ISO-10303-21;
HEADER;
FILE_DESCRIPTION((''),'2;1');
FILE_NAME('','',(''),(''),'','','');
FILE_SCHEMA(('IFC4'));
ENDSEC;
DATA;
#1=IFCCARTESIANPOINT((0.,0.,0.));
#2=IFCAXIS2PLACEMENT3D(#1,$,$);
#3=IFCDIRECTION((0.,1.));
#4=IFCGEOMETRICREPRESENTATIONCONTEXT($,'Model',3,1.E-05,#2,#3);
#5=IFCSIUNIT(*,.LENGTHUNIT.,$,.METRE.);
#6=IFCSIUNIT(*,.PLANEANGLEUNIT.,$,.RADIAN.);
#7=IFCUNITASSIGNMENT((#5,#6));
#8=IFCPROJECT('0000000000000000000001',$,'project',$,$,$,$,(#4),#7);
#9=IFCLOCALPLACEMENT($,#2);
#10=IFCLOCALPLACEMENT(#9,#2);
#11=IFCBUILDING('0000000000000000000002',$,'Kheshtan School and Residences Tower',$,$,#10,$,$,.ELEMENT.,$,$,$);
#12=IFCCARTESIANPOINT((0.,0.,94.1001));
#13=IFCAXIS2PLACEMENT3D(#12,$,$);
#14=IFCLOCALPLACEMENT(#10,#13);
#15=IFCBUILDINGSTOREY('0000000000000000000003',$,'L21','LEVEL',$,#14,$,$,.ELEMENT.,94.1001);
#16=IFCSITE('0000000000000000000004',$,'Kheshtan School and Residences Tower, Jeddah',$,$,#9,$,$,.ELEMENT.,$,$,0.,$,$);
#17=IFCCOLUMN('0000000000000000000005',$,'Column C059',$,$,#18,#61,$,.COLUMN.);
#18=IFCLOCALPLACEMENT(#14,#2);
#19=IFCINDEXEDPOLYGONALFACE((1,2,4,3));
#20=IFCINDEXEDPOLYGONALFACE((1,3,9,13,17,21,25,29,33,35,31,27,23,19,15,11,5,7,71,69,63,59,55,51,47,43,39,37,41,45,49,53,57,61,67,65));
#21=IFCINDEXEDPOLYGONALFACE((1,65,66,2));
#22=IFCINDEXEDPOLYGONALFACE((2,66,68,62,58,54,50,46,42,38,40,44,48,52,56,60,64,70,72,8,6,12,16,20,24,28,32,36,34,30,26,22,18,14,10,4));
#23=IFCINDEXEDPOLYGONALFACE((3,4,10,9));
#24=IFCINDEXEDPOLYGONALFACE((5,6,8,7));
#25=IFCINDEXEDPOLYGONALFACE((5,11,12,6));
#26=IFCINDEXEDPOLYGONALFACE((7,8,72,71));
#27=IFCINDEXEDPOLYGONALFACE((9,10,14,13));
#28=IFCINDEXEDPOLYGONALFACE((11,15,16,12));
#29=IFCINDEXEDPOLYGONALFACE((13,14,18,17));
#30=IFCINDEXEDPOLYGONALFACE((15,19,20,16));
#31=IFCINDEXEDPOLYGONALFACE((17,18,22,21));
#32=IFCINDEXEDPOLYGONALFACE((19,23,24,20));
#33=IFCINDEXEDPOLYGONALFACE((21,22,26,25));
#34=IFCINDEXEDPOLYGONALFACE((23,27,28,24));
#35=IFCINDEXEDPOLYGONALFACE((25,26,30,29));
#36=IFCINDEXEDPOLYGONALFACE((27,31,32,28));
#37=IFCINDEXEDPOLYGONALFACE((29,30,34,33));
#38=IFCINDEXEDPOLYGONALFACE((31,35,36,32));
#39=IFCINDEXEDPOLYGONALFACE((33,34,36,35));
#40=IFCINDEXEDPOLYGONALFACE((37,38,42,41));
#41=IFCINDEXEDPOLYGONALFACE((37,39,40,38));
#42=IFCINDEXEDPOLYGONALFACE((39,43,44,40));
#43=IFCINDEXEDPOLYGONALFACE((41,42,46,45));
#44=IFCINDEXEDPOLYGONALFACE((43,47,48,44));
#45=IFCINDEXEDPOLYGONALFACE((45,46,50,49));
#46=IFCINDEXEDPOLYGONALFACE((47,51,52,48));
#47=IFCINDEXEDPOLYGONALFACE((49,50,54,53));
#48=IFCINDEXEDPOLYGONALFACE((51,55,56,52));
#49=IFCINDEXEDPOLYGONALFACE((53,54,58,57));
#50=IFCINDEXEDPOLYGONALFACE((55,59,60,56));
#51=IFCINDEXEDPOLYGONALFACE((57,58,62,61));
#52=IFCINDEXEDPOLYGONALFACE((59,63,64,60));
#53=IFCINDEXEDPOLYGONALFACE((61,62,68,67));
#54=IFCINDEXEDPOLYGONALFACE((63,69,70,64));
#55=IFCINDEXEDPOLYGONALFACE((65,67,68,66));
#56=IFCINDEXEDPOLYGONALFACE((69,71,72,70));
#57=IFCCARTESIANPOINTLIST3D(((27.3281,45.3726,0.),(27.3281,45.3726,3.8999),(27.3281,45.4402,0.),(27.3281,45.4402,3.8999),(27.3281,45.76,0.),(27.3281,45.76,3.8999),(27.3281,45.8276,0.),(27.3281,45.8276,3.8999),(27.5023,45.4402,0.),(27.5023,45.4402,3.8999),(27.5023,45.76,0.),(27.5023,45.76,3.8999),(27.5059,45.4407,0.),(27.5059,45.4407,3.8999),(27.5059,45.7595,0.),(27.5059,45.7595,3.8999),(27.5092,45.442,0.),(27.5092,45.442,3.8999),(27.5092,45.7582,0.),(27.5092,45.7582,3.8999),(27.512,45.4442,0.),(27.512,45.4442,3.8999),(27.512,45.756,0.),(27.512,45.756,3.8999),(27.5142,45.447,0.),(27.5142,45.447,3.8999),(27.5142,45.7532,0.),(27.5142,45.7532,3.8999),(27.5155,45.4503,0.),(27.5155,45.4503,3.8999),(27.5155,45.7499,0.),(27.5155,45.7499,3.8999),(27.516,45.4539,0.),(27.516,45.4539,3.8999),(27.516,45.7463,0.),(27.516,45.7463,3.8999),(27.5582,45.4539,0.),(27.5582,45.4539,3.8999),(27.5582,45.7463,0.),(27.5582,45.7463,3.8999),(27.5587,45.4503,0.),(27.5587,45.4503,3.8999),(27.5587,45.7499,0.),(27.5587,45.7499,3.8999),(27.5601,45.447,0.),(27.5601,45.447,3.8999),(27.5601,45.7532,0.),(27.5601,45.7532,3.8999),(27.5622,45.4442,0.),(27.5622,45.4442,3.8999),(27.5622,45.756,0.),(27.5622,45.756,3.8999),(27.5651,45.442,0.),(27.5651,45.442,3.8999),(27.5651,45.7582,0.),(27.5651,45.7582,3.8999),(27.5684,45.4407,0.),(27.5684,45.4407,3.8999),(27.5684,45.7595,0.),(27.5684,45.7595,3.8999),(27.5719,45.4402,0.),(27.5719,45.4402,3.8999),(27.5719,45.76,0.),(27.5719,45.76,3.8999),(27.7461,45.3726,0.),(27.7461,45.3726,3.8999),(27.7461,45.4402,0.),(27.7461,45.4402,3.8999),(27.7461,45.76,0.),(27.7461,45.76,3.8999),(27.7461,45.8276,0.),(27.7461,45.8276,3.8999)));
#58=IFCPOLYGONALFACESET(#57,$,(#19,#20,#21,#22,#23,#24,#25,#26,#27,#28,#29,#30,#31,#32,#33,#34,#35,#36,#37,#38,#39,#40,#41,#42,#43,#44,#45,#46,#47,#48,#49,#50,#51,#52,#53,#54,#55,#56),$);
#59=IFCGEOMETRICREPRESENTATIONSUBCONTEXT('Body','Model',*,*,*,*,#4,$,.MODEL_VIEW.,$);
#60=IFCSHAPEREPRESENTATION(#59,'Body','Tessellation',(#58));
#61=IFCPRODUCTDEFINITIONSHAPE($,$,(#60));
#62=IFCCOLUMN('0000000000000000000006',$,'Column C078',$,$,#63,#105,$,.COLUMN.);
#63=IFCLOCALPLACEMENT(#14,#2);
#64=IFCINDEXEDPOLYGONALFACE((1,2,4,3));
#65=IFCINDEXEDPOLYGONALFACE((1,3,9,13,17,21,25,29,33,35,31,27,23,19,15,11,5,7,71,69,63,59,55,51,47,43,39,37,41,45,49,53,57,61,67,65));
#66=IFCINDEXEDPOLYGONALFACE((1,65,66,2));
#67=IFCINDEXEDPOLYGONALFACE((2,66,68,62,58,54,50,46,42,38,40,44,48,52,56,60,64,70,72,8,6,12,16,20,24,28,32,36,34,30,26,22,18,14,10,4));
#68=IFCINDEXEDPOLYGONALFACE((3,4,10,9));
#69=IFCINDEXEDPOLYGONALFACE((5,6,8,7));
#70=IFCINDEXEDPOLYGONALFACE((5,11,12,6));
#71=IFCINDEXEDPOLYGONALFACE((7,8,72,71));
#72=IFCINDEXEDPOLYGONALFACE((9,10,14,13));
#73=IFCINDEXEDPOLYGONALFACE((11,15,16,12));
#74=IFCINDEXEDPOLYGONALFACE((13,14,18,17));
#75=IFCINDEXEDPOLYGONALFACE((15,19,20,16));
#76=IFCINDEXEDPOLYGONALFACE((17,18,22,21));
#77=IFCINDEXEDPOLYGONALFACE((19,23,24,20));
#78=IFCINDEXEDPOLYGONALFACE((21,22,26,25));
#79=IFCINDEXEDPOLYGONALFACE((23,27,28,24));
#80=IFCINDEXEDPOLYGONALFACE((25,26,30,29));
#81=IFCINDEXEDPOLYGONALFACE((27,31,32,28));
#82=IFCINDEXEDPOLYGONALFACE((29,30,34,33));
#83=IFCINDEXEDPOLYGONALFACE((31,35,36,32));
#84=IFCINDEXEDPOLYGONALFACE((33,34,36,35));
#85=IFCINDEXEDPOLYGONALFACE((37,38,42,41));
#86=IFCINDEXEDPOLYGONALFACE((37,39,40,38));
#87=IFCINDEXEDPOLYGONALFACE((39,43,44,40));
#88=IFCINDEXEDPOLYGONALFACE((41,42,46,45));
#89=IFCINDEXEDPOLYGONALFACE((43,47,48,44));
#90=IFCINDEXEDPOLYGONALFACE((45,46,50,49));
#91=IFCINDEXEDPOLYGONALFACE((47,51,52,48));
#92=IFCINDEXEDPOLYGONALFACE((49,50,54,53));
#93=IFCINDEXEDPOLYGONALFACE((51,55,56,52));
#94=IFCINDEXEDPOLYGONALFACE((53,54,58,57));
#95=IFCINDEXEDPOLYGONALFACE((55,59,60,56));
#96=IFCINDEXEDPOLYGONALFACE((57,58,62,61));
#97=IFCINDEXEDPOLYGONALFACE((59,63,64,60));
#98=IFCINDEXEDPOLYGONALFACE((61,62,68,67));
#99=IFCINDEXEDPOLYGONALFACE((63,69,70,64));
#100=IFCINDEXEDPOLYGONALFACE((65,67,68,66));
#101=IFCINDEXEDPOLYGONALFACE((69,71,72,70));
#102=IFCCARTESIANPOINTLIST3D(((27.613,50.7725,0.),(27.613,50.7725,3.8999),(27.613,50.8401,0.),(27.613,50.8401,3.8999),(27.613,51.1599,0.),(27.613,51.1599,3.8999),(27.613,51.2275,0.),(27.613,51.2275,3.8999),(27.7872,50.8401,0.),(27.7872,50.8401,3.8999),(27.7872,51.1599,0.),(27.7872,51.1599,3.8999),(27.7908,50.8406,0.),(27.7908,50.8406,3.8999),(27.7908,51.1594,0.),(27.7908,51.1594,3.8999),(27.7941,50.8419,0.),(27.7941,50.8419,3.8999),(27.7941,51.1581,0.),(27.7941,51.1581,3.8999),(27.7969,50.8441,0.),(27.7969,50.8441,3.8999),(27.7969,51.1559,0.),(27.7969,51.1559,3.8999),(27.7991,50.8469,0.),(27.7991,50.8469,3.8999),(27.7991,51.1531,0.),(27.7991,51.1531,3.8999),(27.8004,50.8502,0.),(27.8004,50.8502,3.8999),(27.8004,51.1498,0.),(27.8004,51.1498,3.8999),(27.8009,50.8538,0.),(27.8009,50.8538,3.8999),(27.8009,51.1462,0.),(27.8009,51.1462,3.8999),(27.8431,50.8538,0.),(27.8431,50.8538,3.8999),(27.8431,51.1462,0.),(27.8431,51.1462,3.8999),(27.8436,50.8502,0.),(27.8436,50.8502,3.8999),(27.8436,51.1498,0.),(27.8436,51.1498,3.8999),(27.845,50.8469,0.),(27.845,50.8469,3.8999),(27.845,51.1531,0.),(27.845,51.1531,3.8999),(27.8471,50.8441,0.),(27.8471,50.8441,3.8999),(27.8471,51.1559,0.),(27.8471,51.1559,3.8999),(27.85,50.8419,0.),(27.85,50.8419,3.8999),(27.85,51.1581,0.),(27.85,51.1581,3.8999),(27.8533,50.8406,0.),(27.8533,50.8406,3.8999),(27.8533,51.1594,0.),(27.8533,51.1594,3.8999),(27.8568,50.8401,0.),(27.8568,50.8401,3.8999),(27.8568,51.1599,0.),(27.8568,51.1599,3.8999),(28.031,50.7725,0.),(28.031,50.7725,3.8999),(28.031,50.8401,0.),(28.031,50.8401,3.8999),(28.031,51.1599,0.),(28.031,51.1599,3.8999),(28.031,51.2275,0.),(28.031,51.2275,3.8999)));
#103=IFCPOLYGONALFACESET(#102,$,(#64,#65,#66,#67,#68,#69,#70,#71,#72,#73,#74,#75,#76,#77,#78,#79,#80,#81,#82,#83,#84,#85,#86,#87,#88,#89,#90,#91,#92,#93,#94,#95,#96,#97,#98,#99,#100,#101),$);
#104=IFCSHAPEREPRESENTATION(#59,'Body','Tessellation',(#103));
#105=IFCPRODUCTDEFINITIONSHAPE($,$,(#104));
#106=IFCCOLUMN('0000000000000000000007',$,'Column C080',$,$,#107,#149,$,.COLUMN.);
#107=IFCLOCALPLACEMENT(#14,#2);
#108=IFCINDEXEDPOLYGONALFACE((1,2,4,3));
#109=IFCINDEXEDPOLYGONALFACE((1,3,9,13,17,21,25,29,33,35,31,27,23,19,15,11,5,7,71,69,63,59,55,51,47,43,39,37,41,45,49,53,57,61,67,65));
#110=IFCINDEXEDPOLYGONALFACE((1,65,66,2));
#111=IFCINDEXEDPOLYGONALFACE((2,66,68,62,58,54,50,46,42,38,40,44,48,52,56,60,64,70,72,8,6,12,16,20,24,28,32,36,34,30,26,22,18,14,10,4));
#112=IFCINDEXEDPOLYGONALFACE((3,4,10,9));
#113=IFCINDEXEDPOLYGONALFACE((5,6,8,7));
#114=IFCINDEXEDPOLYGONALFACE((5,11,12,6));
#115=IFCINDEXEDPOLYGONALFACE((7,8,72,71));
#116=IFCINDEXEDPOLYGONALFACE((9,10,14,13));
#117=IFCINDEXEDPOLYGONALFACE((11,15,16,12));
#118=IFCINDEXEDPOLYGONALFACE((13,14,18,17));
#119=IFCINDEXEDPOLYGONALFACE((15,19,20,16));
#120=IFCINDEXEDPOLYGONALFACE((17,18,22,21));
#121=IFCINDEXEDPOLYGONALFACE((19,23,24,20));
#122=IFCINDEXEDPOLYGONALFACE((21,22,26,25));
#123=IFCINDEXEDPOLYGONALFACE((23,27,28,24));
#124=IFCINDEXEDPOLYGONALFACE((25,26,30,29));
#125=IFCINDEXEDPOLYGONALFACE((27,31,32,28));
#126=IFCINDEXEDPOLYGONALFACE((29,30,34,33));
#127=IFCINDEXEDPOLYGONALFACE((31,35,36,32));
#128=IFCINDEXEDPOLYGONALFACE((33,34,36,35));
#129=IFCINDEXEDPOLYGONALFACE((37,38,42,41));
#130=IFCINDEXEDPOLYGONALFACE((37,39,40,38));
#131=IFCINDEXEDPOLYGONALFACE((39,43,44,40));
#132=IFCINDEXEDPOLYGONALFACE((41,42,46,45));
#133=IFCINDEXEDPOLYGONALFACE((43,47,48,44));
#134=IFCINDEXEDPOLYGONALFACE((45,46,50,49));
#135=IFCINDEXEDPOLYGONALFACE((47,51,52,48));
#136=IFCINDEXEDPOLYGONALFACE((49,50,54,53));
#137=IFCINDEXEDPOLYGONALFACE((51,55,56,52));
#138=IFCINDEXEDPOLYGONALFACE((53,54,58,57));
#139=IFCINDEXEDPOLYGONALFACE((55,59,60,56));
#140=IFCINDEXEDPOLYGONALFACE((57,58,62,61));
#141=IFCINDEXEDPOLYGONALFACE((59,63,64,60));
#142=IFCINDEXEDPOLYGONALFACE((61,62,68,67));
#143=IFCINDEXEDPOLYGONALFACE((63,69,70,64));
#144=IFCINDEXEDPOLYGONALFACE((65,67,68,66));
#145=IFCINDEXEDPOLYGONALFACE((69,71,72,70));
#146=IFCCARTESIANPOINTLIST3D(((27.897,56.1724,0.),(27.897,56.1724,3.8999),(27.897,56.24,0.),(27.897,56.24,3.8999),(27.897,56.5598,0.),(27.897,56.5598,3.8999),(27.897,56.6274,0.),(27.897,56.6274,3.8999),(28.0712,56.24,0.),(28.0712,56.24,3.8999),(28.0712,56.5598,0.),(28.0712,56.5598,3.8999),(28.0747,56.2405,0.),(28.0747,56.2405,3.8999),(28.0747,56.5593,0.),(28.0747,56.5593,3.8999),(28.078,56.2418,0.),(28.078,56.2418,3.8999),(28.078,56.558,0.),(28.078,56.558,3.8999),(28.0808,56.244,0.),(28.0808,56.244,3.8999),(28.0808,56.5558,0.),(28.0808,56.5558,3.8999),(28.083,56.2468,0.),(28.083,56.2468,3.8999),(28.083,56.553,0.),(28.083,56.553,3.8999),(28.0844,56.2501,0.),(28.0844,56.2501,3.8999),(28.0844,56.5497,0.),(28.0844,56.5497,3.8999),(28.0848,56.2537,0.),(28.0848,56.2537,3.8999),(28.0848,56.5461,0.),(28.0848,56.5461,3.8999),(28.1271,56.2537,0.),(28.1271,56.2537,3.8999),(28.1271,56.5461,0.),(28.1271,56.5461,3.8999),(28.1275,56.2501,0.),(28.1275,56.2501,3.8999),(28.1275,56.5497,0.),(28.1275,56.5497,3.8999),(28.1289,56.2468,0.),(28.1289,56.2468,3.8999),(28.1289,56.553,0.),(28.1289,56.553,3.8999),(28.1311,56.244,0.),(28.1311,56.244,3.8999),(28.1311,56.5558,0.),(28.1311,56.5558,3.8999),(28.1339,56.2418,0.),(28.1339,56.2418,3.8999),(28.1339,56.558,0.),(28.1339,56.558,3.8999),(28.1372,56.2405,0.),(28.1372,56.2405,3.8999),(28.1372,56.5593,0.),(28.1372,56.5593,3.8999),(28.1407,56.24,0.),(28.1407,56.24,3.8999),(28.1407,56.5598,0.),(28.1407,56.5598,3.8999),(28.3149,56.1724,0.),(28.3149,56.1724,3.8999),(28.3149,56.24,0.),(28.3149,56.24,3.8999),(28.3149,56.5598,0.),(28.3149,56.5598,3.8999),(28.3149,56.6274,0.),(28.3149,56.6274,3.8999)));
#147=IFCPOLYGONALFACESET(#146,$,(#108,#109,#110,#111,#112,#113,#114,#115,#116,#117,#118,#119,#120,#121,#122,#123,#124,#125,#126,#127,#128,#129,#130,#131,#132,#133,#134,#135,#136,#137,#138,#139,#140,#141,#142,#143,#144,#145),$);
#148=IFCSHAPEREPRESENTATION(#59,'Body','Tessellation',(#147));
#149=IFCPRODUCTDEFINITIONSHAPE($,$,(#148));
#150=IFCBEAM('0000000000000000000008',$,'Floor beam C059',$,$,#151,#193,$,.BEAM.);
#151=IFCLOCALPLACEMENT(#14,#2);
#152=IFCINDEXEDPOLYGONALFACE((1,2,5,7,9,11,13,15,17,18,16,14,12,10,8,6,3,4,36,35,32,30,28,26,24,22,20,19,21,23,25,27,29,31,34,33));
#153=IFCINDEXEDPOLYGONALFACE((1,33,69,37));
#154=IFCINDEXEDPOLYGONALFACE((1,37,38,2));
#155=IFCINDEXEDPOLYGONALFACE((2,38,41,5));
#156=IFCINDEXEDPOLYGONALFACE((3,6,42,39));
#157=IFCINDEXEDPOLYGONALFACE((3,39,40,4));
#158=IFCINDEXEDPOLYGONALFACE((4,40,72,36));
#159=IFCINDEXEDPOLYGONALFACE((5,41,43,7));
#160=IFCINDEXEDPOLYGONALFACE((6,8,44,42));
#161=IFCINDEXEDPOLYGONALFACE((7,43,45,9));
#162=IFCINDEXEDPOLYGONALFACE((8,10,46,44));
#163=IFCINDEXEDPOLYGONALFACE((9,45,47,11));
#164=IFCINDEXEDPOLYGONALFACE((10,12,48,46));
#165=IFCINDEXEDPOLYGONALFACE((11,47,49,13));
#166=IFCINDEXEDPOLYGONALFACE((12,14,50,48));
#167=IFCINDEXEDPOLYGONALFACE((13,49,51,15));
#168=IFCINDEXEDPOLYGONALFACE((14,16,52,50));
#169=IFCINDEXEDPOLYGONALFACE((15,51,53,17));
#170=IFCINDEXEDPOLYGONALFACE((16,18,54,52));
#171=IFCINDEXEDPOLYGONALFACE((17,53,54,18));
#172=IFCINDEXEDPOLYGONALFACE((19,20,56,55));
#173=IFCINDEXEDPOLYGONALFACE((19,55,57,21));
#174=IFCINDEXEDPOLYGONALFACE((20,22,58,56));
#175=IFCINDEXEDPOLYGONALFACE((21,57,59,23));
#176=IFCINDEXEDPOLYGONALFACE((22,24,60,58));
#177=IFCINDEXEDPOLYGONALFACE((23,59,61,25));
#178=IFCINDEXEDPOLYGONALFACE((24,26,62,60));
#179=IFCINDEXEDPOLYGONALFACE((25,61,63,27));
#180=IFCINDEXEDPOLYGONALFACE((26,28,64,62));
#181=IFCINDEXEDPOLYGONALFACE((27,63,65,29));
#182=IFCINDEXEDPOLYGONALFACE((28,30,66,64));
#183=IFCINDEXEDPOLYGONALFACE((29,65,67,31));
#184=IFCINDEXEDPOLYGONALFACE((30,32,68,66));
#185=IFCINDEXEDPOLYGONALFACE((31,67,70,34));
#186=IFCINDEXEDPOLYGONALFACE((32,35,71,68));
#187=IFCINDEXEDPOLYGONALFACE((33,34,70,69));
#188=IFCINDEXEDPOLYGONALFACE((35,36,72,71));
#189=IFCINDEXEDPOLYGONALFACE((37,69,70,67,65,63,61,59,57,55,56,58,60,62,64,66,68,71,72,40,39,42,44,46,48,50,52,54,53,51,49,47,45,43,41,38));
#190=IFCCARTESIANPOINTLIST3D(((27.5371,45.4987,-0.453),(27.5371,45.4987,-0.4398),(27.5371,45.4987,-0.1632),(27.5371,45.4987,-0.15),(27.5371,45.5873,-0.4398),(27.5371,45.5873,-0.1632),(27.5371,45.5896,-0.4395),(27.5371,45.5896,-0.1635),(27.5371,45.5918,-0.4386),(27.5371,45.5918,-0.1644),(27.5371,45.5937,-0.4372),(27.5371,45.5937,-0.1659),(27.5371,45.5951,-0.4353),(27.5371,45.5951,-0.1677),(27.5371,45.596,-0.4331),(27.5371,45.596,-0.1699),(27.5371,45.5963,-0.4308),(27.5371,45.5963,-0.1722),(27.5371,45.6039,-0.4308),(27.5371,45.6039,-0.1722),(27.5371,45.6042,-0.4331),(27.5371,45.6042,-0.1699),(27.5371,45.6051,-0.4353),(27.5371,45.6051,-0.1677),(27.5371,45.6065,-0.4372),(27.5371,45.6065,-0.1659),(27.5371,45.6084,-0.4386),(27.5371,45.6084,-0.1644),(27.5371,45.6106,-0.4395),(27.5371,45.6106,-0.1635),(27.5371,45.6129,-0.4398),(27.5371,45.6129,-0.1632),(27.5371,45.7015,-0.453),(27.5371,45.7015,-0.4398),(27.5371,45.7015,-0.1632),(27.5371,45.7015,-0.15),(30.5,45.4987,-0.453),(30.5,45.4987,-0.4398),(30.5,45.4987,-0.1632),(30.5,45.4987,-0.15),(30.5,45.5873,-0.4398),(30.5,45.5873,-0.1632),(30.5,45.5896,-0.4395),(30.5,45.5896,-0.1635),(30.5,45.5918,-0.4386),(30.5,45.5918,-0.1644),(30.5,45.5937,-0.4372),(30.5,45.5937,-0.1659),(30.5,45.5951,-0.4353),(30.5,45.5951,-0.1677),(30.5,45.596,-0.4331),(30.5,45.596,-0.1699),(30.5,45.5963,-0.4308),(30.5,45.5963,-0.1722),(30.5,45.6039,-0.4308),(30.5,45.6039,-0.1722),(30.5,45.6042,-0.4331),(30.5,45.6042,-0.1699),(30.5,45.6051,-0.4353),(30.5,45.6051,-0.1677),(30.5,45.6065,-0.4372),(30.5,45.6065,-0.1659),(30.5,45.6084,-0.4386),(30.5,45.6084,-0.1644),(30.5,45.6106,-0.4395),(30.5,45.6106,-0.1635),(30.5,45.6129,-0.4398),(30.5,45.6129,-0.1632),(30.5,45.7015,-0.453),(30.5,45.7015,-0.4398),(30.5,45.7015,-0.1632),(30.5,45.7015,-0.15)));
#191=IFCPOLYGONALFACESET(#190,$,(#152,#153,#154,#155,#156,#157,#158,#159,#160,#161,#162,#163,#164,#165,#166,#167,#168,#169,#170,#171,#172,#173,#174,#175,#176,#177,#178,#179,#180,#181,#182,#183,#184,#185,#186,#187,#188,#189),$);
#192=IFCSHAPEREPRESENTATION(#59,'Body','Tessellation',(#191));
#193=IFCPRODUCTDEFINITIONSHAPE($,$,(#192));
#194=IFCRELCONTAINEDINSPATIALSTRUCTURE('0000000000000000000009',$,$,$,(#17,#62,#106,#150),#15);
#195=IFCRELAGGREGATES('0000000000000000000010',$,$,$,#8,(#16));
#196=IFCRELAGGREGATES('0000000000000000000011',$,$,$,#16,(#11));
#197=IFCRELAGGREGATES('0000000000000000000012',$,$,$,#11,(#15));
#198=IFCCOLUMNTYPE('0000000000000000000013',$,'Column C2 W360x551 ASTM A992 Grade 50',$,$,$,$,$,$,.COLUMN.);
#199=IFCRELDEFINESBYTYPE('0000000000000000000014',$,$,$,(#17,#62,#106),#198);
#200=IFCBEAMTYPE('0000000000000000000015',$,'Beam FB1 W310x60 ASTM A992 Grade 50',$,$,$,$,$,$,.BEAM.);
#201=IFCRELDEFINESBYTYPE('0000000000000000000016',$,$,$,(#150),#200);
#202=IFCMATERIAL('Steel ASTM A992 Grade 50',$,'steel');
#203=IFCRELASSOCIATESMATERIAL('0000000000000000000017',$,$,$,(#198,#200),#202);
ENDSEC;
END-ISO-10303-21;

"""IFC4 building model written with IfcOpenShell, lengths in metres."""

from ifc_helpers import new_model, si_unit, direction, frame, origin, origin_2d, place, context, subcontext, project, spatial, i_section, extrude, material, material_profile, profile_set, type_object, element, save


model = new_model("IFC4")

# Units and contexts
model_context = context("Model", 3, precision=1e-05, world=origin(), true_north=direction((0.0, 1.0)))
body_context = subcontext(model_context, "Body", "Model", "MODEL_VIEW")
ifc_project = project(units=[si_unit("LENGTHUNIT", "METRE"), si_unit("PLANEANGLEUNIT", "RADIAN")], contexts=[model_context])

# Site, building, storey
site_placement = place(None, origin())
site = spatial("IfcSite", under=ifc_project, at=site_placement, Name="Kheshtan School and Residences Tower, Jeddah", CompositionType="ELEMENT", RefElevation=0.0)
building_placement = place(site_placement, origin())
building = spatial("IfcBuilding", under=site, at=building_placement, Name="Kheshtan School and Residences Tower", CompositionType="ELEMENT")
storey_placement = place(building_placement, frame((0.0, 0.0, 94.1001)))
storey = spatial("IfcBuildingStorey", under=building, at=storey_placement, Name="L21", Description="LEVEL", CompositionType="ELEMENT", Elevation=94.1001)

# Columns
ifc_material_1 = material(Name="Steel ASTM A992 Grade 50", Category="steel")
ifc_material_profile_1 = material_profile(ifc_material_1, i_section(OverallWidth=0.418, OverallDepth=0.4551, WebThickness=0.0422, FlangeThickness=0.0676, FilletRadius=0.0137, at=origin_2d()), Name="W360x551")
ifc_profile_set_1 = profile_set([ifc_material_profile_1], Name="Steel ASTM A992 Grade 50")
column_type = type_object("IfcColumnType", Name="Column C2 W360x551 ASTM A992 Grade 50", PredefinedType="COLUMN", material=ifc_profile_set_1)
for number, where, z_axis, x_axis, name in (
    (1, (27.5371, 45.6001, 0.0), (0.0, 0.0, 1.0), (1.0, 0.0, 0.0), "Column C059"),
    (2, (27.822, 51.0, 0.0), (0.0, 0.0, 1.0), (1.0, 0.0, 0.0), "Column C078"),
    (3, (28.106, 56.3999, 0.0), (0.0, 0.0, 1.0), (1.0, 0.0, 0.0), "Column C080"),
):
    element("IfcColumn", number, at=place(storey_placement, frame(where, z_axis=z_axis, x_axis=x_axis)), inside=storey, type_object=column_type, Name=name, PredefinedType="COLUMN", context=body_context, shape_type="SweptSolid", body=[
        extrude(i_section(OverallWidth=0.418, OverallDepth=0.4551, WebThickness=0.0422, FlangeThickness=0.0676, FilletRadius=0.0137, at=origin_2d()), origin(), (0.0, 0.0, 1.0), 3.8999),
    ])

# Beam
ifc_material_profile_2 = material_profile(ifc_material_1, i_section(OverallWidth=0.2029, OverallDepth=0.303, WebThickness=0.0076, FlangeThickness=0.0132, FilletRadius=0.009, at=origin_2d()), Name="W310x60")
ifc_profile_set_2 = profile_set([ifc_material_profile_2], Name="Steel ASTM A992 Grade 50")
beam_type_1 = type_object("IfcBeamType", Name="Beam FB1 W310x60 ASTM A992 Grade 50", PredefinedType="BEAM", material=ifc_profile_set_2)
beam_1_placement = place(storey_placement, frame((27.5371, 45.6001, -0.3015), z_axis=(1.0, 0.0, 0.0), x_axis=(0.0, 1.0, 0.0)))
element("IfcBeam", 4, at=beam_1_placement, inside=storey, type_object=beam_type_1, Name="Floor beam C059", PredefinedType="BEAM", context=body_context, shape_type="SweptSolid", body=[
    extrude(i_section(OverallWidth=0.2029, OverallDepth=0.303, WebThickness=0.0076, FlangeThickness=0.0132, FilletRadius=0.009, at=origin_2d()), origin(), (0.0, 0.0, 1.0), 2.9629),
])

save(model, "model.ifc")
